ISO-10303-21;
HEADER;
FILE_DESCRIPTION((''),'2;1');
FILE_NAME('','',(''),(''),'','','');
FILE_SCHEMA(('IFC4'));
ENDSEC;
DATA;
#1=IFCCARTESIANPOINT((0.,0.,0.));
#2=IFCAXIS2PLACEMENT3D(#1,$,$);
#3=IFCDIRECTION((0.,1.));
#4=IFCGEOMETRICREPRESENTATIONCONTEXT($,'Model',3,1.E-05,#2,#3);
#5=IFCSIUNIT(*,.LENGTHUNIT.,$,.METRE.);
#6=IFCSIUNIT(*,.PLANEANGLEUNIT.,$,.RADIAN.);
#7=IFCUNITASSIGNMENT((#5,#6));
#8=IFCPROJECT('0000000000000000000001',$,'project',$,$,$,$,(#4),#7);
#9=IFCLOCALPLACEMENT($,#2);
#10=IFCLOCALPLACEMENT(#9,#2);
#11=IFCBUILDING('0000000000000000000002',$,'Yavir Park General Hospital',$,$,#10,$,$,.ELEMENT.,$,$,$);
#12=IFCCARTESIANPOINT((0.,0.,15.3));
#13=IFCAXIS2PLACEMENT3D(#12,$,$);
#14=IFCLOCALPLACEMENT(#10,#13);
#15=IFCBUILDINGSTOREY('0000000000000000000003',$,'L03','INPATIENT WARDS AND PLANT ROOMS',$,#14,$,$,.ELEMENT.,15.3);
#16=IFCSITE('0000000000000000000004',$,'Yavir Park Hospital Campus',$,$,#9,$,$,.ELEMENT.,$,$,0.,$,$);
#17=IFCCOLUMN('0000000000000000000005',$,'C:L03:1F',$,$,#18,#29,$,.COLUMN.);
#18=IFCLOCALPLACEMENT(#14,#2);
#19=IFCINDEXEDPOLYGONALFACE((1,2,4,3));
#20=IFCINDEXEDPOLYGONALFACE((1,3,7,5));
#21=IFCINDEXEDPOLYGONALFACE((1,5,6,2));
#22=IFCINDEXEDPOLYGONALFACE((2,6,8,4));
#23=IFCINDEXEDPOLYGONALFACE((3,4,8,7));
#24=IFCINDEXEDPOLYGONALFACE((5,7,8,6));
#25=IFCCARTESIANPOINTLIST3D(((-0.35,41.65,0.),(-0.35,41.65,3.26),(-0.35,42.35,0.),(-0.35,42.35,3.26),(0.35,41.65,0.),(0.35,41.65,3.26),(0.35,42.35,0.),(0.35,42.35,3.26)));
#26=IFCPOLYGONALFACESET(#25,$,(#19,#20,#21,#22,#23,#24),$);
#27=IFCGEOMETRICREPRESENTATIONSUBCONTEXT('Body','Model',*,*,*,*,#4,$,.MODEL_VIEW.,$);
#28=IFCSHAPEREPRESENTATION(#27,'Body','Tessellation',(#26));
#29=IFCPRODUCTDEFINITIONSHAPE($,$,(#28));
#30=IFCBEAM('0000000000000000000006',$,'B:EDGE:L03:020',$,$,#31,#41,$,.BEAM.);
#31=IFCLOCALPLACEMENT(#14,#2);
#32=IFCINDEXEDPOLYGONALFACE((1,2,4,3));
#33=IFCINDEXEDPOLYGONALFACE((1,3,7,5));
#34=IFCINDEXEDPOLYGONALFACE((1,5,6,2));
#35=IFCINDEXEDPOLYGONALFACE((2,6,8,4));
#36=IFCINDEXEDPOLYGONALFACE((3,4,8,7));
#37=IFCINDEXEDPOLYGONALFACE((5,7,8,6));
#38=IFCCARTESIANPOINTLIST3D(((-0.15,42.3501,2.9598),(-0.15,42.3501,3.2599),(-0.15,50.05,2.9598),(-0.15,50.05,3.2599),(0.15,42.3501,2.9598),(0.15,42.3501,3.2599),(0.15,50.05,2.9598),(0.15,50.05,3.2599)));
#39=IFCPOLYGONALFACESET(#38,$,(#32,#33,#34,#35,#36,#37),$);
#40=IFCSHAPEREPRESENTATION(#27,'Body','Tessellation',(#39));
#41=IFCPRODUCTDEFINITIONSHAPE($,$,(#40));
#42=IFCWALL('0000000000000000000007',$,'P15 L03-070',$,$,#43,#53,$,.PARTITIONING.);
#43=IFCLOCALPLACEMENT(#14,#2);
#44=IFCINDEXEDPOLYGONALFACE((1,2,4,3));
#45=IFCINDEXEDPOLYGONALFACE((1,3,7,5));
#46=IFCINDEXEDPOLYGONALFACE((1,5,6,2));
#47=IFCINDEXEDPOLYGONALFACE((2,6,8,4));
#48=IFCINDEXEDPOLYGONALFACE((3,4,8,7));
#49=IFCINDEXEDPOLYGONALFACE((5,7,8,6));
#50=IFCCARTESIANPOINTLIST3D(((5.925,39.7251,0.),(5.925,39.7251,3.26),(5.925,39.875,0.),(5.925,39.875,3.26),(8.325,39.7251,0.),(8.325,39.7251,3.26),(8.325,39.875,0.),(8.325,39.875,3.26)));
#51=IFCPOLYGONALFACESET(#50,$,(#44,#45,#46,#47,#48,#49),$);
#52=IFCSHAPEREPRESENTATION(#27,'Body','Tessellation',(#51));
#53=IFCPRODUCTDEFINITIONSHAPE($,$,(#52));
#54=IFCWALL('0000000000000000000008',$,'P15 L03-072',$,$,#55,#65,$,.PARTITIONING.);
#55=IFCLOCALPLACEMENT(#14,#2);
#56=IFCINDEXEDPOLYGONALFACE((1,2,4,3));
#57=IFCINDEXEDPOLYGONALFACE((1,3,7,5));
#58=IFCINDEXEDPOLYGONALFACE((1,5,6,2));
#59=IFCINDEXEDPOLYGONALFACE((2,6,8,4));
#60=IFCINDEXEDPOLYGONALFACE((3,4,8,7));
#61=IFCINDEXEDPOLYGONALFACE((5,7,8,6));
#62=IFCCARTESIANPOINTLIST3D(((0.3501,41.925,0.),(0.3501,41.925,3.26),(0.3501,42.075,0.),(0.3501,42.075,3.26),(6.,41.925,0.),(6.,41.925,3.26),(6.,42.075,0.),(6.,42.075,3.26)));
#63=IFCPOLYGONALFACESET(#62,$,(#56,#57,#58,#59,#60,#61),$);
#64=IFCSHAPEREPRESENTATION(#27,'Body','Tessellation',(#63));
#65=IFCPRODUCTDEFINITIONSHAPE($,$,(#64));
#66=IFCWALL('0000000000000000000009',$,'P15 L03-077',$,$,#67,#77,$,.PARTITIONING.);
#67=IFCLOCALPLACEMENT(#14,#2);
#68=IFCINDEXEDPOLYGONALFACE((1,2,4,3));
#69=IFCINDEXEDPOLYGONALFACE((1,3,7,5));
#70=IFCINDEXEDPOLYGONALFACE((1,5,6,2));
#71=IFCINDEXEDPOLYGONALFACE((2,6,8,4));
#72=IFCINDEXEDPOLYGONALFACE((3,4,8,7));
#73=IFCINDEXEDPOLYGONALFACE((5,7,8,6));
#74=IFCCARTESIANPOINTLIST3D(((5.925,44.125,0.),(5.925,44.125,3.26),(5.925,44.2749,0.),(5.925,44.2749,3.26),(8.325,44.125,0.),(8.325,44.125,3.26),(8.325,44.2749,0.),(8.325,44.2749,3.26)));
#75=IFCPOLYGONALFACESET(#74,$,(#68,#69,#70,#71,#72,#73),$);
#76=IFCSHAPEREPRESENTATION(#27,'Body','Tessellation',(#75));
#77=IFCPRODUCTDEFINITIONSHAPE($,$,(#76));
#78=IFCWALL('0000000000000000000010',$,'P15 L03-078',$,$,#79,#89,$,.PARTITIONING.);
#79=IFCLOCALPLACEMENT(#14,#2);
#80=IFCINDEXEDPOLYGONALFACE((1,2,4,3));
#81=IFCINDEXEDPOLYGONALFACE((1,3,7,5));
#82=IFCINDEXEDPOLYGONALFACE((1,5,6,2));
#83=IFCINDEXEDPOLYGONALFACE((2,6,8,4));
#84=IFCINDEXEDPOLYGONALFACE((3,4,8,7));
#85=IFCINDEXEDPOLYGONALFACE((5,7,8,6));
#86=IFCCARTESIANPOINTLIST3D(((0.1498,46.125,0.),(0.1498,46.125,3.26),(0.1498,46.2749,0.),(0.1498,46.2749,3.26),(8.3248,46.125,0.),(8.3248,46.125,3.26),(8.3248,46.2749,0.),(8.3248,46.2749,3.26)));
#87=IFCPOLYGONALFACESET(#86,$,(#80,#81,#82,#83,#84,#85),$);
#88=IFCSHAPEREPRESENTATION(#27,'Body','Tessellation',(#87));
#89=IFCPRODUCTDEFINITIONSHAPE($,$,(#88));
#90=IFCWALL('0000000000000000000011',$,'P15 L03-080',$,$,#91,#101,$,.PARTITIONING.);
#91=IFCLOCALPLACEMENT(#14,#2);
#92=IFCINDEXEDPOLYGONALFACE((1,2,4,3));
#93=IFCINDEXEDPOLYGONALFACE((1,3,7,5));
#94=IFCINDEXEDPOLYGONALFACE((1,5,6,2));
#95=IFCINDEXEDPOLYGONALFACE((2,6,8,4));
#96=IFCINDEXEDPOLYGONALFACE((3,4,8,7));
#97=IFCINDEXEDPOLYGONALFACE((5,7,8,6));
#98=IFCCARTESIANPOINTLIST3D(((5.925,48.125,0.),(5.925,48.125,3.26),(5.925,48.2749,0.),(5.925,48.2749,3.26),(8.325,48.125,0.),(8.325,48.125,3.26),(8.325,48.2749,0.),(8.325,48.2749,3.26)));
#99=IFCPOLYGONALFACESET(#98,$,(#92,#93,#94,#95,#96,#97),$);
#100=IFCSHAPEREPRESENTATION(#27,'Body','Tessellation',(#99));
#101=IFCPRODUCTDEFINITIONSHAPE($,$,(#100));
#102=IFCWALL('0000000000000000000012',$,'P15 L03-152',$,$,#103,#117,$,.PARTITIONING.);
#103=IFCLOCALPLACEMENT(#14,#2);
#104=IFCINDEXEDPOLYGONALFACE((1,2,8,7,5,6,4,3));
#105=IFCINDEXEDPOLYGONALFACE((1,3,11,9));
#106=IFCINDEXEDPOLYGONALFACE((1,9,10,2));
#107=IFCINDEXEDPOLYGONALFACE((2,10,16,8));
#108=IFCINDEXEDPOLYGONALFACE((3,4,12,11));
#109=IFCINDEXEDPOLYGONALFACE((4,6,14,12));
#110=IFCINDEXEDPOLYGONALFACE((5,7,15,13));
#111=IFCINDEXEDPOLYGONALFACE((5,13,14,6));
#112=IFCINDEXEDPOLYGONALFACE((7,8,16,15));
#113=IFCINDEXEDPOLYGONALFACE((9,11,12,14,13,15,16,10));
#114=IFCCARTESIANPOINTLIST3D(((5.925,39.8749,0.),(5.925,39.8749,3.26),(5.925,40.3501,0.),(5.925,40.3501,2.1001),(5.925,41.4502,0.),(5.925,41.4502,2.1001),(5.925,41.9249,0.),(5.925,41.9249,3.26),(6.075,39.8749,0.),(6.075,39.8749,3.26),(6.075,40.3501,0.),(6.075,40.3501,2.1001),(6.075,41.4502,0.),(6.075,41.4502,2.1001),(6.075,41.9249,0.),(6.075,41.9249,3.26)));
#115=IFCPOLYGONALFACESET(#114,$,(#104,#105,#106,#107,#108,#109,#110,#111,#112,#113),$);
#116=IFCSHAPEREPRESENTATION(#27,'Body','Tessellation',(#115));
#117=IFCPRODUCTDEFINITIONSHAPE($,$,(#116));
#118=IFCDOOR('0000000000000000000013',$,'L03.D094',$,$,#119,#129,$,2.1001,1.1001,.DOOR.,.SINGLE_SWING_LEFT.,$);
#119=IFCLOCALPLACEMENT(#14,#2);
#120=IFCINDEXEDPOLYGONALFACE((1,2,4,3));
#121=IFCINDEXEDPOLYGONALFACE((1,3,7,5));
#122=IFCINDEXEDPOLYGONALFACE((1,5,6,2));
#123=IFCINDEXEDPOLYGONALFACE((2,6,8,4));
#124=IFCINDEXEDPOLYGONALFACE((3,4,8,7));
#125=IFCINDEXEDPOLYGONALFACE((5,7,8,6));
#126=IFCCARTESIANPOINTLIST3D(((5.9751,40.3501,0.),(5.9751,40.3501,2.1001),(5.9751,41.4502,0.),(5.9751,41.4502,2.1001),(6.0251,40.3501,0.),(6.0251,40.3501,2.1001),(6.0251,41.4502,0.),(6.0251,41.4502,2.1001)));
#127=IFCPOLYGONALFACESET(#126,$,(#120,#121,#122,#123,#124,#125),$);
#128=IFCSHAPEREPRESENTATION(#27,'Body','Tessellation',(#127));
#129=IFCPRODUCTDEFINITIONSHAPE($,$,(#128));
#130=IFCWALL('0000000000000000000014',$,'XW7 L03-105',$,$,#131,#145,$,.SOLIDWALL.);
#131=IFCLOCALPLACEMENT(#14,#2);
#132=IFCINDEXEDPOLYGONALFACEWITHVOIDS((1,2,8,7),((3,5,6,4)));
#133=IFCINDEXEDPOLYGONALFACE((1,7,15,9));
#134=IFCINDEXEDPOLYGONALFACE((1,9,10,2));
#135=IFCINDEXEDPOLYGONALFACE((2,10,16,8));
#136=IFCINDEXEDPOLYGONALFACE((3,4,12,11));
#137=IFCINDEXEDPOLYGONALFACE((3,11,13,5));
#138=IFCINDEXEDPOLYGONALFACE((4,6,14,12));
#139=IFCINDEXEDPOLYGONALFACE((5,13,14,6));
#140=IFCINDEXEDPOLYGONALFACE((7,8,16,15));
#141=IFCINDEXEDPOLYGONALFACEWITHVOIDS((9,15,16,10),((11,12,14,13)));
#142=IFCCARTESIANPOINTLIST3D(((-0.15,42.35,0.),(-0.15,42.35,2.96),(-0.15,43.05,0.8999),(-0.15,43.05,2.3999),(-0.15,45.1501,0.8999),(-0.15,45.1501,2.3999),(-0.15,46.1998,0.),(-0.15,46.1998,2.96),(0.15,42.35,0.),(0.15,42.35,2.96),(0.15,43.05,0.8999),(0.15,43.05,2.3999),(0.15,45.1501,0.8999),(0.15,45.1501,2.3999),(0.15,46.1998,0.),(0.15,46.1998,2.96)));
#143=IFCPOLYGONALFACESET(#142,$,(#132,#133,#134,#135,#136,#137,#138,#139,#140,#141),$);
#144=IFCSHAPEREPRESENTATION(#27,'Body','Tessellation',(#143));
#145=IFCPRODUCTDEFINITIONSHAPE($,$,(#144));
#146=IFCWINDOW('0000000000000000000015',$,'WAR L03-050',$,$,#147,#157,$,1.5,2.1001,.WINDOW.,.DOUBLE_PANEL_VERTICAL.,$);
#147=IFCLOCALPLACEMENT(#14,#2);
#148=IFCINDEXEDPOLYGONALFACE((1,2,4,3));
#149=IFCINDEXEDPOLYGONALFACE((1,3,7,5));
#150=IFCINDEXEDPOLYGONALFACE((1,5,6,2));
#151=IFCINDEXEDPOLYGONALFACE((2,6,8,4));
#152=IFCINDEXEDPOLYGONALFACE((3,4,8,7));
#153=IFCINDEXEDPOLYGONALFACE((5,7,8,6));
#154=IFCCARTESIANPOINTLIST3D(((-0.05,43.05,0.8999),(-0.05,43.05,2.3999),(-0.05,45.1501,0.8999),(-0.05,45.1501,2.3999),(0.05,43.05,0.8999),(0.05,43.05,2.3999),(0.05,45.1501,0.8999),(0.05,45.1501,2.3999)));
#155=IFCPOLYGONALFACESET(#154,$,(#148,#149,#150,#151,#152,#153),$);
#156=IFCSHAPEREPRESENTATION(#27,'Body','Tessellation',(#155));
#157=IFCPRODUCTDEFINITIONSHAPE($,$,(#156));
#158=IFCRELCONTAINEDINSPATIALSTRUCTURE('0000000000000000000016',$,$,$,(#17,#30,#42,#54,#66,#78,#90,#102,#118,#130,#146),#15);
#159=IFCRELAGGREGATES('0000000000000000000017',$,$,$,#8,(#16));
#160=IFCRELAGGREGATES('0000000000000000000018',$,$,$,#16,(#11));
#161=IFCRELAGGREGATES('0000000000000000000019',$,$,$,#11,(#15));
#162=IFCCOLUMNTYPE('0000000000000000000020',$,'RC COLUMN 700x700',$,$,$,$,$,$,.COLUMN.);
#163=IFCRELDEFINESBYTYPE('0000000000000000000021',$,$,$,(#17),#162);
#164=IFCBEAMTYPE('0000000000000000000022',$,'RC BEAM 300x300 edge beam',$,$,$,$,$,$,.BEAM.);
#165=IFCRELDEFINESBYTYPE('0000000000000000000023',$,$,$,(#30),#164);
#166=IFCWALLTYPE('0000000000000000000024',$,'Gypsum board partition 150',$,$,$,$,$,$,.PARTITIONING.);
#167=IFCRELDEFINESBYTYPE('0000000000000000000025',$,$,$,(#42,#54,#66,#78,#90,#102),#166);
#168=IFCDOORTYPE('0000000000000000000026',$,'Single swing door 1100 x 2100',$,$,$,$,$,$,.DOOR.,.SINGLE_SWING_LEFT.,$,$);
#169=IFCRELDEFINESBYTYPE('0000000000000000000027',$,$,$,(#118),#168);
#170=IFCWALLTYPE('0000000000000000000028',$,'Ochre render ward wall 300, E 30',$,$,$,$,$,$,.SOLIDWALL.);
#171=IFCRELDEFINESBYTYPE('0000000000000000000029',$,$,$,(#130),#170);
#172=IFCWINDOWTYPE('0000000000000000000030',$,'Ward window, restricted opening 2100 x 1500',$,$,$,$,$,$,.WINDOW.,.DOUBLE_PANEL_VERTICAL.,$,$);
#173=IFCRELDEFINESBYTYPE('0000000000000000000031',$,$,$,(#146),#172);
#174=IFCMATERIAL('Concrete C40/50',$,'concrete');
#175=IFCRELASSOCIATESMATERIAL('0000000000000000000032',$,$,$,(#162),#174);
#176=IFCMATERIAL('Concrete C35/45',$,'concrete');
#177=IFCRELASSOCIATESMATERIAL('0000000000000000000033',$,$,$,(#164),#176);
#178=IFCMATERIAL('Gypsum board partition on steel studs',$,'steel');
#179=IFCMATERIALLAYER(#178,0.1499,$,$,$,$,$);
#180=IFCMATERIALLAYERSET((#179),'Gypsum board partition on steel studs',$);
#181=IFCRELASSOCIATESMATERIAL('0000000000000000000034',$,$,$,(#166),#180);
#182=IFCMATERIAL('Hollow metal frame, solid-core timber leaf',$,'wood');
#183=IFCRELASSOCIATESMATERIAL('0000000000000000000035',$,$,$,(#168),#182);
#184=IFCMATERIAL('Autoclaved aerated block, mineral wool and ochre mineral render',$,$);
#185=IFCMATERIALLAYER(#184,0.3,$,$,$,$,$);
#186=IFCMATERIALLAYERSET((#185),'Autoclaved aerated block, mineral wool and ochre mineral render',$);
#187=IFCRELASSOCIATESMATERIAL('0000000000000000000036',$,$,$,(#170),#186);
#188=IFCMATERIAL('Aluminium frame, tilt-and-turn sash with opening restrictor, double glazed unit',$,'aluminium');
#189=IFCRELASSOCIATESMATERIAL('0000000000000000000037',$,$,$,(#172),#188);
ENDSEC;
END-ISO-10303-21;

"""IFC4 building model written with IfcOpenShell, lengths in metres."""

from ifc_helpers import new_model, si_unit, direction, frame, frame_2d, origin, origin_2d, place, context, subcontext, project, spatial, rectangle, extrude, material, layer, layer_set, material_profile, profile_set, type_object, element, fill, save


model = new_model("IFC4")

# Units and contexts
model_context = context("Model", 3, precision=1e-05, world=origin(), true_north=direction((0.0, 1.0)))
body_context = subcontext(model_context, "Body", "Model", "MODEL_VIEW")
ifc_project = project(units=[si_unit("LENGTHUNIT", "METRE"), si_unit("PLANEANGLEUNIT", "RADIAN")], contexts=[model_context])

# Site, building, storey
site_placement = place(None, origin())
site = spatial("IfcSite", under=ifc_project, at=site_placement, Name="Yavir Park Hospital Campus", CompositionType="ELEMENT", RefElevation=0.0)
building_placement = place(site_placement, origin())
building = spatial("IfcBuilding", under=site, at=building_placement, Name="Yavir Park General Hospital", CompositionType="ELEMENT")
storey_placement = place(building_placement, frame((0.0, 0.0, 15.3)))
storey = spatial("IfcBuildingStorey", under=building, at=storey_placement, Name="L03", Description="INPATIENT WARDS AND PLANT ROOMS", CompositionType="ELEMENT", Elevation=15.3)

# Column
ifc_material_1 = material(Name="Concrete C40/50", Category="concrete")
ifc_material_profile_1 = material_profile(ifc_material_1, rectangle(XDim=0.7, YDim=0.7, at=origin_2d()), Name="RC700x700")
ifc_profile_set_1 = profile_set([ifc_material_profile_1], Name="Concrete C40/50")
column_type = type_object("IfcColumnType", Name="RC COLUMN 700x700", PredefinedType="COLUMN", material=ifc_profile_set_1)
column_placement = place(storey_placement, frame((0.0, 42.0, 0.0), z_axis=(0.0, 0.0, 1.0), x_axis=(1.0, 0.0, 0.0)))
element("IfcColumn", 1, at=column_placement, inside=storey, type_object=column_type, Name="C:L03:1F", PredefinedType="COLUMN", context=body_context, shape_type="SweptSolid", body=[
    extrude(rectangle(XDim=0.7, YDim=0.7, at=origin_2d()), origin(), (0.0, 0.0, 1.0), 3.26),
])

# Beam
ifc_material_2 = material(Name="Concrete C35/45", Category="concrete")
ifc_material_profile_2 = material_profile(ifc_material_2, rectangle(XDim=0.3, YDim=0.3, at=origin_2d()), Name="RC300x300")
ifc_profile_set_2 = profile_set([ifc_material_profile_2], Name="Concrete C35/45")
beam_type = type_object("IfcBeamType", Name="RC BEAM 300x300 edge beam", PredefinedType="BEAM", material=ifc_profile_set_2)
beam_placement = place(storey_placement, frame((0.0, 42.3501, 3.1099), z_axis=(0.0, 1.0, 0.0), x_axis=(-1.0, 0.0, 0.0)))
element("IfcBeam", 2, at=beam_placement, inside=storey, type_object=beam_type, Name="B:EDGE:L03:020", PredefinedType="BEAM", context=body_context, shape_type="SweptSolid", body=[
    extrude(rectangle(XDim=0.3, YDim=0.3, at=origin_2d()), origin(), (0.0, 0.0, 1.0), 7.7),
])

# Walls
ifc_material_3 = material(Name="Gypsum board partition on steel studs", Category="steel")
ifc_layer_1 = layer(ifc_material_3, 0.1499)
ifc_layer_set_1 = layer_set([ifc_layer_1], Name="Gypsum board partition on steel studs")
wall_type_1 = type_object("IfcWallType", Name="Gypsum board partition 150", PredefinedType="PARTITIONING", material=ifc_layer_set_1)
wall_1_placement = place(storey_placement, frame((5.925, 39.8, 0.0), z_axis=(0.0, 0.0, 1.0), x_axis=(1.0, 0.0, 0.0)))
element("IfcWall", 3, at=wall_1_placement, inside=storey, type_object=wall_type_1, Name="P15 L03-070", PredefinedType="PARTITIONING", context=body_context, shape_type="SweptSolid", body=[
    extrude(rectangle(XDim=2.3999, YDim=0.1499, at=frame_2d((1.2, 0.0))), origin(), (0.0, 0.0, 1.0), 3.26),
])
wall_2_placement = place(storey_placement, frame((0.3501, 42.0, 0.0), z_axis=(0.0, 0.0, 1.0), x_axis=(1.0, 0.0, 0.0)))
element("IfcWall", 4, at=wall_2_placement, inside=storey, type_object=wall_type_1, Name="P15 L03-072", PredefinedType="PARTITIONING", context=body_context, shape_type="SweptSolid", body=[
    extrude(rectangle(XDim=5.6499, YDim=0.1499, at=frame_2d((2.825, 0.0))), origin(), (0.0, 0.0, 1.0), 3.26),
])
wall_3_placement = place(storey_placement, frame((5.925, 44.2, 0.0), z_axis=(0.0, 0.0, 1.0), x_axis=(1.0, 0.0, 0.0)))
element("IfcWall", 5, at=wall_3_placement, inside=storey, type_object=wall_type_1, Name="P15 L03-077", PredefinedType="PARTITIONING", context=body_context, shape_type="SweptSolid", body=[
    extrude(rectangle(XDim=2.3999, YDim=0.1499, at=frame_2d((1.2, 0.0))), origin(), (0.0, 0.0, 1.0), 3.26),
])
wall_4_placement = place(storey_placement, frame((0.1499, 46.2, 0.0), z_axis=(0.0, 0.0, 1.0), x_axis=(1.0, 0.0, 0.0)))
element("IfcWall", 6, at=wall_4_placement, inside=storey, type_object=wall_type_1, Name="P15 L03-078", PredefinedType="PARTITIONING", context=body_context, shape_type="SweptSolid", body=[
    extrude(rectangle(XDim=8.175, YDim=0.1499, at=frame_2d((4.0874, 0.0))), origin(), (0.0, 0.0, 1.0), 3.26),
])
wall_5_placement = place(storey_placement, frame((5.925, 48.2, 0.0), z_axis=(0.0, 0.0, 1.0), x_axis=(1.0, 0.0, 0.0)))
element("IfcWall", 7, at=wall_5_placement, inside=storey, type_object=wall_type_1, Name="P15 L03-080", PredefinedType="PARTITIONING", context=body_context, shape_type="SweptSolid", body=[
    extrude(rectangle(XDim=2.3999, YDim=0.1499, at=frame_2d((1.2, 0.0))), origin(), (0.0, 0.0, 1.0), 3.26),
])

# Wall, opening, door
wall_6_placement = place(storey_placement, frame((6.0, 39.875, 0.0), z_axis=(0.0, 0.0, 1.0), x_axis=(0.0, 1.0, 0.0)))
wall_6 = element("IfcWall", 8, at=wall_6_placement, inside=storey, type_object=wall_type_1, Name="P15 L03-152", PredefinedType="PARTITIONING", context=body_context, shape_type="SweptSolid", body=[
    extrude(rectangle(XDim=2.05, YDim=0.1499, at=frame_2d((1.0249, 0.0))), origin(), (0.0, 0.0, 1.0), 3.26),
])
opening_1_placement = place(wall_6_placement, frame((0.4751, 0.0, 0.0)))
opening_1 = element("IfcOpeningElement", 9, at=opening_1_placement, cuts=wall_6, PredefinedType="OPENING", context=body_context, shape_type="SweptSolid", body=[
    extrude(rectangle(XDim=1.1001, YDim=2.1001, at=frame_2d((0.55, 1.05))), frame((0.0, 0.085, 0.0), z_axis=(0.0, -1.0, 0.0), x_axis=(1.0, 0.0, 0.0)), (0.0, 0.0, 1.0), 0.1699),
])
ifc_material_4 = material(Name="Hollow metal frame, solid-core timber leaf", Category="wood")
door_type = type_object("IfcDoorType", Name="Single swing door 1100 x 2100", OperationType="SINGLE_SWING_LEFT", PredefinedType="DOOR", material=ifc_material_4)
door_placement = place(opening_1_placement, origin())
door = element("IfcDoor", 10, at=door_placement, inside=storey, type_object=door_type, Name="L03.D094", OperationType="SINGLE_SWING_LEFT", OverallHeight=2.1001, OverallWidth=1.1001, PredefinedType="DOOR", context=body_context, shape_type="SweptSolid", body=[
    extrude(rectangle(XDim=1.1001, YDim=2.1001, at=frame_2d((0.55, 1.05))), frame((0.0, 0.0249, 0.0), z_axis=(0.0, -1.0, 0.0), x_axis=(1.0, 0.0, 0.0)), (0.0, 0.0, 1.0), 0.05),
])
fill(opening_1, door)

# Wall, opening, window
ifc_material_5 = material(Name="Autoclaved aerated block, mineral wool and ochre mineral render")
ifc_layer_2 = layer(ifc_material_5, 0.3)
ifc_layer_set_2 = layer_set([ifc_layer_2], Name="Autoclaved aerated block, mineral wool and ochre mineral render")
wall_type_2 = type_object("IfcWallType", Name="Ochre render ward wall 300, E 30", PredefinedType="SOLIDWALL", material=ifc_layer_set_2)
wall_7_placement = place(storey_placement, frame((0.0, 42.3501, 0.0), z_axis=(0.0, 0.0, 1.0), x_axis=(0.0, 1.0, 0.0)))
wall_7 = element("IfcWall", 11, at=wall_7_placement, inside=storey, type_object=wall_type_2, Name="XW7 L03-105", PredefinedType="SOLIDWALL", context=body_context, shape_type="SweptSolid", body=[
    extrude(rectangle(XDim=3.8499, YDim=0.3, at=frame_2d((1.9248, 0.0))), origin(), (0.0, 0.0, 1.0), 2.96),
])
opening_2_placement = place(wall_7_placement, frame((0.7, 0.0, 0.8999)))
opening_2 = element("IfcOpeningElement", 12, at=opening_2_placement, cuts=wall_7, PredefinedType="OPENING", context=body_context, shape_type="SweptSolid", body=[
    extrude(rectangle(XDim=2.1001, YDim=1.5, at=frame_2d((1.05, 0.75))), frame((0.0, 0.1599, 0.0), z_axis=(0.0, -1.0, 0.0), x_axis=(1.0, 0.0, 0.0)), (0.0, 0.0, 1.0), 0.3201),
])
ifc_material_6 = material(Name="Aluminium frame, tilt-and-turn sash with opening restrictor, double glazed unit", Category="aluminium")
window_type = type_object("IfcWindowType", Name="Ward window, restricted opening 2100 x 1500", PartitioningType="DOUBLE_PANEL_VERTICAL", PredefinedType="WINDOW", material=ifc_material_6)
window_1_placement = place(opening_2_placement, origin())
window_1 = element("IfcWindow", 13, at=window_1_placement, inside=storey, type_object=window_type, Name="WAR L03-050", OverallHeight=1.5, OverallWidth=2.1001, PartitioningType="DOUBLE_PANEL_VERTICAL", PredefinedType="WINDOW", context=body_context, shape_type="SweptSolid", body=[
    extrude(rectangle(XDim=2.1001, YDim=1.5, at=frame_2d((1.05, 0.75))), frame((0.0, 0.05, 0.0), z_axis=(0.0, -1.0, 0.0), x_axis=(1.0, 0.0, 0.0)), (0.0, 0.0, 1.0), 0.1001),
])
fill(opening_2, window_1)

save(model, "model.ifc")
